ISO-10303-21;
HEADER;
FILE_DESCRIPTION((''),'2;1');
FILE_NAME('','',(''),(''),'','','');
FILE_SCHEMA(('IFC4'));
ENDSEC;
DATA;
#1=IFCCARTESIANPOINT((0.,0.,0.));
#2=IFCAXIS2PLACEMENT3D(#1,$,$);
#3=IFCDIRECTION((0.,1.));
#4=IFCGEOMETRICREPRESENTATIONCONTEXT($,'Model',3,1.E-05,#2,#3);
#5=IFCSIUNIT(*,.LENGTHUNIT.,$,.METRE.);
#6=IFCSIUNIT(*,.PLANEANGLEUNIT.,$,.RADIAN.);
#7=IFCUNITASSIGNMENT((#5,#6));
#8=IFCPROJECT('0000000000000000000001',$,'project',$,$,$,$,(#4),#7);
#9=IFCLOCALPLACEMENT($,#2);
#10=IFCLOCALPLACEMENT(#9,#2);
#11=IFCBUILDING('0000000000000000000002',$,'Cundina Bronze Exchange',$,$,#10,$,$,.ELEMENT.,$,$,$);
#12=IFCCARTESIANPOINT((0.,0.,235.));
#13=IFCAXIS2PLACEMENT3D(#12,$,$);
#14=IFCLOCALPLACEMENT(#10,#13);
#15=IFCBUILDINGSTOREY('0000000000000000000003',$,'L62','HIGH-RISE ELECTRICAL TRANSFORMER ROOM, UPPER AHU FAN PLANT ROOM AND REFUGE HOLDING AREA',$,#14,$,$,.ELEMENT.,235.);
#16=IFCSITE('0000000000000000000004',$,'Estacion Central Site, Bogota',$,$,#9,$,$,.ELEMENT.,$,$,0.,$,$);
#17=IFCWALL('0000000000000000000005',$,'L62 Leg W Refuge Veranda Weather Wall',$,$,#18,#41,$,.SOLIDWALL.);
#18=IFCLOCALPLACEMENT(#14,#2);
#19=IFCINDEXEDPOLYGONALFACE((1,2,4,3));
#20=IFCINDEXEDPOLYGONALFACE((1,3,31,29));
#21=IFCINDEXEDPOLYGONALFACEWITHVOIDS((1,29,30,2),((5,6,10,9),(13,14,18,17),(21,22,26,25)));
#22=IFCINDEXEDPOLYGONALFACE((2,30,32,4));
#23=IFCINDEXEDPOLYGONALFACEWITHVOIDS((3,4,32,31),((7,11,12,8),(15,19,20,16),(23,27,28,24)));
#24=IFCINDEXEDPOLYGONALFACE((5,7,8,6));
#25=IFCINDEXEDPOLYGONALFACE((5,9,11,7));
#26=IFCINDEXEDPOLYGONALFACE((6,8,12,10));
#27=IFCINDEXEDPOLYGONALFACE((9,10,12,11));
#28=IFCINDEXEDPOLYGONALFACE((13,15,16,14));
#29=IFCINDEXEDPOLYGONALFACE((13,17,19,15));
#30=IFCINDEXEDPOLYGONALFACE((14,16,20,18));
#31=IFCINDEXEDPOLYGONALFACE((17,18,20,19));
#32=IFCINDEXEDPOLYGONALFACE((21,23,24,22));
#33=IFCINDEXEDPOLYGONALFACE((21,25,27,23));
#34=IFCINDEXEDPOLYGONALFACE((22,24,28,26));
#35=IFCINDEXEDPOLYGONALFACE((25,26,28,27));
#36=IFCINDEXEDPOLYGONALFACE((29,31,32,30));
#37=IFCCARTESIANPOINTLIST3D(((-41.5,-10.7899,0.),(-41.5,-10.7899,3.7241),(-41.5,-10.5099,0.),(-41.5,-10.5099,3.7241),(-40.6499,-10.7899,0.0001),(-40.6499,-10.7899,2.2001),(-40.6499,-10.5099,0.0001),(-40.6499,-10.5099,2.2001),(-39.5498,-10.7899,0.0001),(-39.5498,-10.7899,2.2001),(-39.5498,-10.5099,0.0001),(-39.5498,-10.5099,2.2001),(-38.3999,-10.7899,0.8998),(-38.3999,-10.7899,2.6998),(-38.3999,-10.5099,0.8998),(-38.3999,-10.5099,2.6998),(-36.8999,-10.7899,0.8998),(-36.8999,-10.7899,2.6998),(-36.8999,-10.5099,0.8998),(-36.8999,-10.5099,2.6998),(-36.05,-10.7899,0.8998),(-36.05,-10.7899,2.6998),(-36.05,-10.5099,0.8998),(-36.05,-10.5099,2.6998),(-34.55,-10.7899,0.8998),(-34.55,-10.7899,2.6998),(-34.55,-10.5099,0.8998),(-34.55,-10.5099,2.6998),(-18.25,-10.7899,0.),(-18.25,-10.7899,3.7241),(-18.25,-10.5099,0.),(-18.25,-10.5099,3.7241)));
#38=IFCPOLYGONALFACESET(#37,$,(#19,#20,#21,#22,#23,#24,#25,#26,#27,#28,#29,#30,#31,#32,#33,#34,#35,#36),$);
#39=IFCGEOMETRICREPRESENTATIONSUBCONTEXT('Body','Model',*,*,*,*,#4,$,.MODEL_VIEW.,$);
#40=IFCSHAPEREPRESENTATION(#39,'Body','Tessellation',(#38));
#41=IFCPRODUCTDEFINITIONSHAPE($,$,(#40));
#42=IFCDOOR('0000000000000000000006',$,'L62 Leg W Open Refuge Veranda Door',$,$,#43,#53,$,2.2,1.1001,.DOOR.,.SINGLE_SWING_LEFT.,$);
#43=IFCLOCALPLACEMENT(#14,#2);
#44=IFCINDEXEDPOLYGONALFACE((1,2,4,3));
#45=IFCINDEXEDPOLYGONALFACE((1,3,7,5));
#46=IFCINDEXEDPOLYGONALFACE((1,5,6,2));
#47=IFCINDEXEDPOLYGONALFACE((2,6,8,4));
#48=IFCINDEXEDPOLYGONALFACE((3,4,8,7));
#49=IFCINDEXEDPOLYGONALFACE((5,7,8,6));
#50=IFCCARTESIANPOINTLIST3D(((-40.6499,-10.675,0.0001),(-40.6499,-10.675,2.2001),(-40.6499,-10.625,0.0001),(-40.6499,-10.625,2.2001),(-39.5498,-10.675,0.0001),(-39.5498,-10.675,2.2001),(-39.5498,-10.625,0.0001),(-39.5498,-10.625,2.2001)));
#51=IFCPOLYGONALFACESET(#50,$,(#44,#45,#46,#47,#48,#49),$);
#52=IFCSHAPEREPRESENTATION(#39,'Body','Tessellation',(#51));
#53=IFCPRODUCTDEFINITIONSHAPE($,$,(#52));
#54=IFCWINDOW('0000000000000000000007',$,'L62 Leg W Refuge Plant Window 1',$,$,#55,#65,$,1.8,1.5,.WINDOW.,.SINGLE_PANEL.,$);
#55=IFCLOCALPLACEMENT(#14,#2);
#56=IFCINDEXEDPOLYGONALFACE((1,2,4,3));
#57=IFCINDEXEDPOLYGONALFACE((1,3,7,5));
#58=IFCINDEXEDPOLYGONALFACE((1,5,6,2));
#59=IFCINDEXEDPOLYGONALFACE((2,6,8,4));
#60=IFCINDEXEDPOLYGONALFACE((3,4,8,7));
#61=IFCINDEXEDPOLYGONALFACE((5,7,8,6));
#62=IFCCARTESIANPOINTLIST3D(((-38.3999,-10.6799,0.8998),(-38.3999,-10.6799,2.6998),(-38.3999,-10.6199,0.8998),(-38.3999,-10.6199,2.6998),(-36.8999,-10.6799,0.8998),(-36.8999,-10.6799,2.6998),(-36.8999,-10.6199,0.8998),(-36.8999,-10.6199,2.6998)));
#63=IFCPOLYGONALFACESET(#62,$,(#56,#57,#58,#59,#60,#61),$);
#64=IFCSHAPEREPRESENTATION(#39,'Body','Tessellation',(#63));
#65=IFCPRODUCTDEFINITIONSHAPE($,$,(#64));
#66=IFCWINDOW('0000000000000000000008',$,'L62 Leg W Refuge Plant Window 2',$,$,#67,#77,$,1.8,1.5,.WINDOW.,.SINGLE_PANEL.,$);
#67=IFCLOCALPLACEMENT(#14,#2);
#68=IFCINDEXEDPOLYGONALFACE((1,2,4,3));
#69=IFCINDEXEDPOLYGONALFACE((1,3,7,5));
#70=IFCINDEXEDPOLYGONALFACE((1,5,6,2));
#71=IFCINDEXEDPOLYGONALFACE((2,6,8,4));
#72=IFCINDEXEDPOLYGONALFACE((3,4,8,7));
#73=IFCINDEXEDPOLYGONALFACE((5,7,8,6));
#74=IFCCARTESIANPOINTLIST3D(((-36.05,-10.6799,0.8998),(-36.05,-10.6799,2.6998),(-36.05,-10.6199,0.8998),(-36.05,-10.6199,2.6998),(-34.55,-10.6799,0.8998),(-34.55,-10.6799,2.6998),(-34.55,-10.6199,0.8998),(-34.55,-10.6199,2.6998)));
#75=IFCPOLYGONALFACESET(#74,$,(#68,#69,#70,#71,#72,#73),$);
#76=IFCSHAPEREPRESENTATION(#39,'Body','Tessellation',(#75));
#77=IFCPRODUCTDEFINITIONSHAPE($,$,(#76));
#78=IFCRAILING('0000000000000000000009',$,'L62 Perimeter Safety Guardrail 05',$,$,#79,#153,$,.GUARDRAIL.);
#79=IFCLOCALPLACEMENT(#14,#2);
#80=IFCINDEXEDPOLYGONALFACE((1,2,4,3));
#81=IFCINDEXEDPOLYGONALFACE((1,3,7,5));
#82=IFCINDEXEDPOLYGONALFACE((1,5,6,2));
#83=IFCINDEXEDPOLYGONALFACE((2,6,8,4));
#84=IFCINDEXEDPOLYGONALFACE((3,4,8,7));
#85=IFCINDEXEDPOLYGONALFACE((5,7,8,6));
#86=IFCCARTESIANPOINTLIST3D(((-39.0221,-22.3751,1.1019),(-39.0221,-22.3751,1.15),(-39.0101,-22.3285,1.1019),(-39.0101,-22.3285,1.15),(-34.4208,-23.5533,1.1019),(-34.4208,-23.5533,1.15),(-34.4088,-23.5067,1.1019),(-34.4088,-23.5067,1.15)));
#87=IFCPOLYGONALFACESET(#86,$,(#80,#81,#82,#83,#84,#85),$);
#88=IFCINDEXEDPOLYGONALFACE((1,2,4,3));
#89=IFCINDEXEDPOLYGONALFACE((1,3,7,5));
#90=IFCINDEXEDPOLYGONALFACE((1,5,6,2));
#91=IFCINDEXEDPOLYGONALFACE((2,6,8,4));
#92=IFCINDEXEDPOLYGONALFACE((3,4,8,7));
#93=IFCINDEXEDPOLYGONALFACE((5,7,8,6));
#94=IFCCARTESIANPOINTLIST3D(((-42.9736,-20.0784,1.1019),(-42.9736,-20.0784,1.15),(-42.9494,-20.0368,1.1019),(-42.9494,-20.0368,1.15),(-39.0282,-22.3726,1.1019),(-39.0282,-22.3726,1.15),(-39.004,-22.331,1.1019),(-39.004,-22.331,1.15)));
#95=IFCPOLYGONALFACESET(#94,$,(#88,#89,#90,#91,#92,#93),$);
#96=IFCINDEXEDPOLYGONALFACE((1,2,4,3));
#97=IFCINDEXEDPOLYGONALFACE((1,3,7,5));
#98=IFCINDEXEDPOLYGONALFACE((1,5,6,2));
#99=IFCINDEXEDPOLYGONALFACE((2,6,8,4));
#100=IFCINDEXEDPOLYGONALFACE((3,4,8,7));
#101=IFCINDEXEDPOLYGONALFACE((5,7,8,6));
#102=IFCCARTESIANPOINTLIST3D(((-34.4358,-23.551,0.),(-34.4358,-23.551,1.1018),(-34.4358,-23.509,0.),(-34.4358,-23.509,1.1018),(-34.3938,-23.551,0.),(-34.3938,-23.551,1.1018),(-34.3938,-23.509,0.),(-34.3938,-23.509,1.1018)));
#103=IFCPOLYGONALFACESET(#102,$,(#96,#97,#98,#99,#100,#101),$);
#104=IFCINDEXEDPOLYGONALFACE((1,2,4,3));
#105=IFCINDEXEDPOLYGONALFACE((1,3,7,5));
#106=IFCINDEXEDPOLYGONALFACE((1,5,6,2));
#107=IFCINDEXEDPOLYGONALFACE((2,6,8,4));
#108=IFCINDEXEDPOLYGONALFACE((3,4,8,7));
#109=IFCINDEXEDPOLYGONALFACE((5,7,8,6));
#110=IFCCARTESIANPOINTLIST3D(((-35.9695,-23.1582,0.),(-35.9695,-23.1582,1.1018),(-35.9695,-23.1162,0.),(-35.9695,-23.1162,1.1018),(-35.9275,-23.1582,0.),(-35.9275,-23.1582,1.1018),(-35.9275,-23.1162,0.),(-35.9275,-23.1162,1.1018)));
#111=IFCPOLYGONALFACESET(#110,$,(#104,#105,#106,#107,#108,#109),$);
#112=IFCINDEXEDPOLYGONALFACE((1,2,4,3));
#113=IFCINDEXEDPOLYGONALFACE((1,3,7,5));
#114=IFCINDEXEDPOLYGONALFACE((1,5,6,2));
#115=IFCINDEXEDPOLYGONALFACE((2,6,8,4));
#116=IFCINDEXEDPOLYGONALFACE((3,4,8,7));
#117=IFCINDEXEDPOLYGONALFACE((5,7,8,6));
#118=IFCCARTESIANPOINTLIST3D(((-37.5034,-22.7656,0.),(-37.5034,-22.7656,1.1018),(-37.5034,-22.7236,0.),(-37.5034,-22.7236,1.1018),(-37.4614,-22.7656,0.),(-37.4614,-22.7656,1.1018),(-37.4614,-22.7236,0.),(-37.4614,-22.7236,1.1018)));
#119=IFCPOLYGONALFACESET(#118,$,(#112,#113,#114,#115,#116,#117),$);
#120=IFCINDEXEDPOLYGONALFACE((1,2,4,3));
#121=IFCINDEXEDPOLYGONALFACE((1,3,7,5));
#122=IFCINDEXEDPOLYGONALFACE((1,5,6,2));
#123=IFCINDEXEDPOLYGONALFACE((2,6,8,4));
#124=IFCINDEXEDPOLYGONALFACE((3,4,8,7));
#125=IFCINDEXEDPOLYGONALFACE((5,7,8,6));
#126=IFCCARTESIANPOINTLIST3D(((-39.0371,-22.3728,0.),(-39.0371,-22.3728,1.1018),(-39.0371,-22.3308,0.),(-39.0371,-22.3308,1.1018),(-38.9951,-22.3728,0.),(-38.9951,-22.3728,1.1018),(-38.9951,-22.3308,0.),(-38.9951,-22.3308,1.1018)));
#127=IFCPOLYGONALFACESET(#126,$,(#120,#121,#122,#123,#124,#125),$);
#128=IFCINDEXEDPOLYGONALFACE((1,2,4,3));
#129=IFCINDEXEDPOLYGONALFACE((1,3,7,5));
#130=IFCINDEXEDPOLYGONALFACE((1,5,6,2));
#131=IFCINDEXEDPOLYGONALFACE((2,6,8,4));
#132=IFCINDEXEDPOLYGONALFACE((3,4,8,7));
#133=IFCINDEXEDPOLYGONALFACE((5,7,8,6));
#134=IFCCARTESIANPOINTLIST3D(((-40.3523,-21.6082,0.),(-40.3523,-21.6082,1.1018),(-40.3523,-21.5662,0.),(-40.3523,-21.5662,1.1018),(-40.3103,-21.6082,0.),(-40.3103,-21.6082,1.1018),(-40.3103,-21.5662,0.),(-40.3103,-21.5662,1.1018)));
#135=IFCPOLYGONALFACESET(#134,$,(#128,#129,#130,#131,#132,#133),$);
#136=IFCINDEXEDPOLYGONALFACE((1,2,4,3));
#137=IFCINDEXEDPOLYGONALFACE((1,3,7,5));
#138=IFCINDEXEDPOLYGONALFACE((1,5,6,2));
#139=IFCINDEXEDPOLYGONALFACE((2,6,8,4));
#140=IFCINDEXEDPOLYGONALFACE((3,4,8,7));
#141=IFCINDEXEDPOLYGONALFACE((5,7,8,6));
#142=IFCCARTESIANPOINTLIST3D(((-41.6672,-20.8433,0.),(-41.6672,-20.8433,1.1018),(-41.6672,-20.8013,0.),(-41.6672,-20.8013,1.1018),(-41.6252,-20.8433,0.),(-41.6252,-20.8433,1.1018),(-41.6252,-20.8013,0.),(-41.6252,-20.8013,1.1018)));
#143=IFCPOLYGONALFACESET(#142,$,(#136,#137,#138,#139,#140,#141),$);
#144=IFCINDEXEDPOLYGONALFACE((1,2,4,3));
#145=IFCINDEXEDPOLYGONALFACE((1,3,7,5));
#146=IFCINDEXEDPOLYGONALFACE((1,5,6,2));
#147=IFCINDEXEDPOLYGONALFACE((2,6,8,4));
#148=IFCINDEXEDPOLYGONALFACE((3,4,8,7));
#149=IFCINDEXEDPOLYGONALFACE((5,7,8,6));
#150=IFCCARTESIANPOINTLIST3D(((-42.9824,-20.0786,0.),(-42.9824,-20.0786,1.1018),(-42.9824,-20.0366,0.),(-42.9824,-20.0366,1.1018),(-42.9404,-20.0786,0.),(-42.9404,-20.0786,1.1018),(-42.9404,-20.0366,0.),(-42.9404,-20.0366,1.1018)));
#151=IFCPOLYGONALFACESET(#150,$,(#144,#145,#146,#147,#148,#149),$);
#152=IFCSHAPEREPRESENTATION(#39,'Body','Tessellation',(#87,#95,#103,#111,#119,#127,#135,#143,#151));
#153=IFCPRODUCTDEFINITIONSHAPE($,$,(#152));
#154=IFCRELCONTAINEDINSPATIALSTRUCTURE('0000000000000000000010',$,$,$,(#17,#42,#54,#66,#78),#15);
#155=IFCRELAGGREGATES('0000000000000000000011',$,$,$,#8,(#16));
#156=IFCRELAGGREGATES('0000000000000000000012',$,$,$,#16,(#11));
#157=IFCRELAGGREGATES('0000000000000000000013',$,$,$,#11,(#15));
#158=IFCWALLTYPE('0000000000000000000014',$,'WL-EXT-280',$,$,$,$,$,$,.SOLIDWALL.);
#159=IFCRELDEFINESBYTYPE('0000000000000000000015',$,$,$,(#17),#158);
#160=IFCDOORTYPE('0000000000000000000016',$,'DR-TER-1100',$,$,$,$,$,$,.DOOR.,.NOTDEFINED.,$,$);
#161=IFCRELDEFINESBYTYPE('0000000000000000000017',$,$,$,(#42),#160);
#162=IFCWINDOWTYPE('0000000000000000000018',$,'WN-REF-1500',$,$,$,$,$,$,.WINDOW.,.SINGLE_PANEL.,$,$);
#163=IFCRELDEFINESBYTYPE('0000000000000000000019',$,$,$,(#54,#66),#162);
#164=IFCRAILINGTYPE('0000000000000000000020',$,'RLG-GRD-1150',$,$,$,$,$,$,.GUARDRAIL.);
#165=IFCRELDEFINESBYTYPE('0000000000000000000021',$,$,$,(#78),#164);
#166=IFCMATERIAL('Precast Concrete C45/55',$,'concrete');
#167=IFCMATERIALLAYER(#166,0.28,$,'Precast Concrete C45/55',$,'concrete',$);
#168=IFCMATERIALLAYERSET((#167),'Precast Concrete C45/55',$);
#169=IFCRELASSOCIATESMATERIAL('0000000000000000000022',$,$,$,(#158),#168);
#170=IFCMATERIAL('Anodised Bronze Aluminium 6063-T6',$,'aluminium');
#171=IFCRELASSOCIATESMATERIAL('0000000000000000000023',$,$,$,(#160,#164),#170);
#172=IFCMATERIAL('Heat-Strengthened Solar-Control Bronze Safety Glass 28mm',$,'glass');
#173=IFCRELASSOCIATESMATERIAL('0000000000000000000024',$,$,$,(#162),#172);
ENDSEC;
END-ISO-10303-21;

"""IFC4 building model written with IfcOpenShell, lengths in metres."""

from ifc_helpers import new_model, si_unit, direction, frame, frame_2d, origin, origin_2d, place, context, subcontext, project, spatial, rectangle, extrude, material, layer, layer_set, type_object, element, fill, save


model = new_model("IFC4")

# Units and contexts
model_context = context("Model", 3, precision=1e-05, world=origin(), true_north=direction((0.0, 1.0)))
body_context = subcontext(model_context, "Body", "Model", "MODEL_VIEW")
ifc_project = project(units=[si_unit("LENGTHUNIT", "METRE"), si_unit("PLANEANGLEUNIT", "RADIAN")], contexts=[model_context])

# Site, building, storey
site_placement = place(None, origin())
site = spatial("IfcSite", under=ifc_project, at=site_placement, Name="Estacion Central Site, Bogota", CompositionType="ELEMENT", RefElevation=0.0)
building_placement = place(site_placement, origin())
building = spatial("IfcBuilding", under=site, at=building_placement, Name="Cundina Bronze Exchange", CompositionType="ELEMENT")
storey_placement = place(building_placement, frame((0.0, 0.0, 235.0)))
storey = spatial("IfcBuildingStorey", under=building, at=storey_placement, Name="L62", Description="HIGH-RISE ELECTRICAL TRANSFORMER ROOM, UPPER AHU FAN PLANT ROOM AND REFUGE HOLDING AREA", CompositionType="ELEMENT", Elevation=235.0)

# Wall, openings, door, windows
ifc_material_1 = material(Name="Precast Concrete C45/55", Category="concrete")
ifc_layer_1 = layer(ifc_material_1, 0.28, Name="Precast Concrete C45/55", Category="concrete")
ifc_layer_set_1 = layer_set([ifc_layer_1], Name="Precast Concrete C45/55")
wall_type_1 = type_object("IfcWallType", Name="WL-EXT-280", PredefinedType="SOLIDWALL", material=ifc_layer_set_1)
wall_1_placement = place(storey_placement, frame((-41.5, -10.6499, 0.0), z_axis=(0.0, 0.0, 1.0), x_axis=(1.0, 0.0, 0.0)))
wall_1 = element("IfcWall", 1, at=wall_1_placement, inside=storey, type_object=wall_type_1, Name="L62 Leg W Refuge Veranda Weather Wall", PredefinedType="SOLIDWALL", context=body_context, shape_type="SweptSolid", body=[
    extrude(rectangle(XDim=23.25, YDim=0.28, at=frame_2d((11.625, 0.0))), origin(), (0.0, 0.0, 1.0), 3.7241),
])
opening_1_placement = place(wall_1_placement, frame((0.8501, 0.0, 0.0)))
opening_1 = element("IfcOpeningElement", 2, at=opening_1_placement, cuts=wall_1, PredefinedType="OPENING", context=body_context, shape_type="SweptSolid", body=[
    extrude(rectangle(XDim=1.1001, YDim=2.2, at=frame_2d((0.55, 1.1001))), frame((0.0, 0.1499, 0.0), z_axis=(0.0, -1.0, 0.0), x_axis=(1.0, 0.0, 0.0)), (0.0, 0.0, 1.0), 0.3),
])
opening_2_placement = place(wall_1_placement, frame((3.1001, 0.0, 0.8999)))
opening_2 = element("IfcOpeningElement", 3, at=opening_2_placement, cuts=wall_1, PredefinedType="OPENING", context=body_context, shape_type="SweptSolid", body=[
    extrude(rectangle(XDim=1.5, YDim=1.8, at=frame_2d((0.75, 0.8999))), frame((0.0, 0.1499, 0.0), z_axis=(0.0, -1.0, 0.0), x_axis=(1.0, 0.0, 0.0)), (0.0, 0.0, 1.0), 0.3),
])
opening_3_placement = place(wall_1_placement, frame((5.45, 0.0, 0.8999)))
opening_3 = element("IfcOpeningElement", 4, at=opening_3_placement, cuts=wall_1, PredefinedType="OPENING", context=body_context, shape_type="SweptSolid", body=[
    extrude(rectangle(XDim=1.5, YDim=1.8, at=frame_2d((0.75, 0.8999))), frame((0.0, 0.1499, 0.0), z_axis=(0.0, -1.0, 0.0), x_axis=(1.0, 0.0, 0.0)), (0.0, 0.0, 1.0), 0.3),
])
ifc_material_2 = material(Name="Anodised Bronze Aluminium 6063-T6", Category="aluminium")
door_type = type_object("IfcDoorType", Name="DR-TER-1100", OperationType="NOTDEFINED", PredefinedType="DOOR", material=ifc_material_2)
door_placement = place(opening_1_placement, origin())
door = element("IfcDoor", 5, at=door_placement, inside=storey, type_object=door_type, Name="L62 Leg W Open Refuge Veranda Door", OperationType="SINGLE_SWING_LEFT", OverallHeight=2.2, OverallWidth=1.1001, PredefinedType="DOOR", context=body_context, shape_type="SweptSolid", body=[
    extrude(rectangle(XDim=1.1001, YDim=2.2, at=frame_2d((0.55, 1.1001))), frame((0.0, 0.0249, 0.0), z_axis=(0.0, -1.0, 0.0), x_axis=(1.0, 0.0, 0.0)), (0.0, 0.0, 1.0), 0.05),
])
fill(opening_1, door)
ifc_material_3 = material(Name="Heat-Strengthened Solar-Control Bronze Safety Glass 28mm", Category="glass")
window_type = type_object("IfcWindowType", Name="WN-REF-1500", PartitioningType="SINGLE_PANEL", PredefinedType="WINDOW", material=ifc_material_3)
window_1_placement = place(opening_2_placement, origin())
window_1 = element("IfcWindow", 6, at=window_1_placement, inside=storey, type_object=window_type, Name="L62 Leg W Refuge Plant Window 1", OverallHeight=1.8, OverallWidth=1.5, PartitioningType="SINGLE_PANEL", PredefinedType="WINDOW", context=body_context, shape_type="SweptSolid", body=[
    extrude(rectangle(XDim=1.5, YDim=1.8, at=frame_2d((0.75, 0.8999))), frame((0.0, 0.03, 0.0), z_axis=(0.0, -1.0, 0.0), x_axis=(1.0, 0.0, 0.0)), (0.0, 0.0, 1.0), 0.0601),
])
fill(opening_2, window_1)
window_2_placement = place(opening_3_placement, origin())
window_2 = element("IfcWindow", 7, at=window_2_placement, inside=storey, type_object=window_type, Name="L62 Leg W Refuge Plant Window 2", OverallHeight=1.8, OverallWidth=1.5, PartitioningType="SINGLE_PANEL", PredefinedType="WINDOW", context=body_context, shape_type="SweptSolid", body=[
    extrude(rectangle(XDim=1.5, YDim=1.8, at=frame_2d((0.75, 0.8999))), frame((0.0, 0.03, 0.0), z_axis=(0.0, -1.0, 0.0), x_axis=(1.0, 0.0, 0.0)), (0.0, 0.0, 1.0), 0.0601),
])
fill(opening_3, window_2)

# Railing
railing_type = type_object("IfcRailingType", Name="RLG-GRD-1150", PredefinedType="GUARDRAIL", material=ifc_material_2)
railing_1_placement = place(storey_placement, frame((-34.4148, -23.53, 0.0)))
element("IfcRailing", 8, at=railing_1_placement, inside=storey, type_object=railing_type, Name="L62 Perimeter Safety Guardrail 05", PredefinedType="GUARDRAIL", context=body_context, shape_type="SweptSolid", body=[
    extrude(rectangle(XDim=0.0481, YDim=0.0481, at=origin_2d()), frame((0.0, 0.0, 1.126), z_axis=(-0.968745, 0.248059, 0.0), x_axis=(-0.248059, -0.968745, 0.0)), (0.0, 0.0, 1.0), 4.7498),
    extrude(rectangle(XDim=0.0481, YDim=0.0481, at=origin_2d()), frame((-4.6013, 1.1782, 1.126), z_axis=(-0.864469, 0.502686, 0.0), x_axis=(-0.502686, -0.864469, 0.0)), (0.0, 0.0, 1.0), 4.564),
    extrude(rectangle(XDim=0.042, YDim=0.042, at=origin_2d()), origin(), (0.0, 0.0, 1.0), 1.1018),
    extrude(rectangle(XDim=0.042, YDim=0.042, at=origin_2d()), frame((-1.5337, 0.3928, 0.0)), (0.0, 0.0, 1.0), 1.1018),
    extrude(rectangle(XDim=0.042, YDim=0.042, at=origin_2d()), frame((-3.0676, 0.7854, 0.0)), (0.0, 0.0, 1.0), 1.1018),
    extrude(rectangle(XDim=0.042, YDim=0.042, at=origin_2d()), frame((-4.6013, 1.1782, 0.0)), (0.0, 0.0, 1.0), 1.1018),
    extrude(rectangle(XDim=0.042, YDim=0.042, at=origin_2d()), frame((-5.9165, 1.9429, 0.0)), (0.0, 0.0, 1.0), 1.1018),
    extrude(rectangle(XDim=0.042, YDim=0.042, at=origin_2d()), frame((-7.2314, 2.7078, 0.0)), (0.0, 0.0, 1.0), 1.1018),
    extrude(rectangle(XDim=0.042, YDim=0.042, at=origin_2d()), frame((-8.5466, 3.4724, 0.0)), (0.0, 0.0, 1.0), 1.1018),
])

save(model, "model.ifc")
